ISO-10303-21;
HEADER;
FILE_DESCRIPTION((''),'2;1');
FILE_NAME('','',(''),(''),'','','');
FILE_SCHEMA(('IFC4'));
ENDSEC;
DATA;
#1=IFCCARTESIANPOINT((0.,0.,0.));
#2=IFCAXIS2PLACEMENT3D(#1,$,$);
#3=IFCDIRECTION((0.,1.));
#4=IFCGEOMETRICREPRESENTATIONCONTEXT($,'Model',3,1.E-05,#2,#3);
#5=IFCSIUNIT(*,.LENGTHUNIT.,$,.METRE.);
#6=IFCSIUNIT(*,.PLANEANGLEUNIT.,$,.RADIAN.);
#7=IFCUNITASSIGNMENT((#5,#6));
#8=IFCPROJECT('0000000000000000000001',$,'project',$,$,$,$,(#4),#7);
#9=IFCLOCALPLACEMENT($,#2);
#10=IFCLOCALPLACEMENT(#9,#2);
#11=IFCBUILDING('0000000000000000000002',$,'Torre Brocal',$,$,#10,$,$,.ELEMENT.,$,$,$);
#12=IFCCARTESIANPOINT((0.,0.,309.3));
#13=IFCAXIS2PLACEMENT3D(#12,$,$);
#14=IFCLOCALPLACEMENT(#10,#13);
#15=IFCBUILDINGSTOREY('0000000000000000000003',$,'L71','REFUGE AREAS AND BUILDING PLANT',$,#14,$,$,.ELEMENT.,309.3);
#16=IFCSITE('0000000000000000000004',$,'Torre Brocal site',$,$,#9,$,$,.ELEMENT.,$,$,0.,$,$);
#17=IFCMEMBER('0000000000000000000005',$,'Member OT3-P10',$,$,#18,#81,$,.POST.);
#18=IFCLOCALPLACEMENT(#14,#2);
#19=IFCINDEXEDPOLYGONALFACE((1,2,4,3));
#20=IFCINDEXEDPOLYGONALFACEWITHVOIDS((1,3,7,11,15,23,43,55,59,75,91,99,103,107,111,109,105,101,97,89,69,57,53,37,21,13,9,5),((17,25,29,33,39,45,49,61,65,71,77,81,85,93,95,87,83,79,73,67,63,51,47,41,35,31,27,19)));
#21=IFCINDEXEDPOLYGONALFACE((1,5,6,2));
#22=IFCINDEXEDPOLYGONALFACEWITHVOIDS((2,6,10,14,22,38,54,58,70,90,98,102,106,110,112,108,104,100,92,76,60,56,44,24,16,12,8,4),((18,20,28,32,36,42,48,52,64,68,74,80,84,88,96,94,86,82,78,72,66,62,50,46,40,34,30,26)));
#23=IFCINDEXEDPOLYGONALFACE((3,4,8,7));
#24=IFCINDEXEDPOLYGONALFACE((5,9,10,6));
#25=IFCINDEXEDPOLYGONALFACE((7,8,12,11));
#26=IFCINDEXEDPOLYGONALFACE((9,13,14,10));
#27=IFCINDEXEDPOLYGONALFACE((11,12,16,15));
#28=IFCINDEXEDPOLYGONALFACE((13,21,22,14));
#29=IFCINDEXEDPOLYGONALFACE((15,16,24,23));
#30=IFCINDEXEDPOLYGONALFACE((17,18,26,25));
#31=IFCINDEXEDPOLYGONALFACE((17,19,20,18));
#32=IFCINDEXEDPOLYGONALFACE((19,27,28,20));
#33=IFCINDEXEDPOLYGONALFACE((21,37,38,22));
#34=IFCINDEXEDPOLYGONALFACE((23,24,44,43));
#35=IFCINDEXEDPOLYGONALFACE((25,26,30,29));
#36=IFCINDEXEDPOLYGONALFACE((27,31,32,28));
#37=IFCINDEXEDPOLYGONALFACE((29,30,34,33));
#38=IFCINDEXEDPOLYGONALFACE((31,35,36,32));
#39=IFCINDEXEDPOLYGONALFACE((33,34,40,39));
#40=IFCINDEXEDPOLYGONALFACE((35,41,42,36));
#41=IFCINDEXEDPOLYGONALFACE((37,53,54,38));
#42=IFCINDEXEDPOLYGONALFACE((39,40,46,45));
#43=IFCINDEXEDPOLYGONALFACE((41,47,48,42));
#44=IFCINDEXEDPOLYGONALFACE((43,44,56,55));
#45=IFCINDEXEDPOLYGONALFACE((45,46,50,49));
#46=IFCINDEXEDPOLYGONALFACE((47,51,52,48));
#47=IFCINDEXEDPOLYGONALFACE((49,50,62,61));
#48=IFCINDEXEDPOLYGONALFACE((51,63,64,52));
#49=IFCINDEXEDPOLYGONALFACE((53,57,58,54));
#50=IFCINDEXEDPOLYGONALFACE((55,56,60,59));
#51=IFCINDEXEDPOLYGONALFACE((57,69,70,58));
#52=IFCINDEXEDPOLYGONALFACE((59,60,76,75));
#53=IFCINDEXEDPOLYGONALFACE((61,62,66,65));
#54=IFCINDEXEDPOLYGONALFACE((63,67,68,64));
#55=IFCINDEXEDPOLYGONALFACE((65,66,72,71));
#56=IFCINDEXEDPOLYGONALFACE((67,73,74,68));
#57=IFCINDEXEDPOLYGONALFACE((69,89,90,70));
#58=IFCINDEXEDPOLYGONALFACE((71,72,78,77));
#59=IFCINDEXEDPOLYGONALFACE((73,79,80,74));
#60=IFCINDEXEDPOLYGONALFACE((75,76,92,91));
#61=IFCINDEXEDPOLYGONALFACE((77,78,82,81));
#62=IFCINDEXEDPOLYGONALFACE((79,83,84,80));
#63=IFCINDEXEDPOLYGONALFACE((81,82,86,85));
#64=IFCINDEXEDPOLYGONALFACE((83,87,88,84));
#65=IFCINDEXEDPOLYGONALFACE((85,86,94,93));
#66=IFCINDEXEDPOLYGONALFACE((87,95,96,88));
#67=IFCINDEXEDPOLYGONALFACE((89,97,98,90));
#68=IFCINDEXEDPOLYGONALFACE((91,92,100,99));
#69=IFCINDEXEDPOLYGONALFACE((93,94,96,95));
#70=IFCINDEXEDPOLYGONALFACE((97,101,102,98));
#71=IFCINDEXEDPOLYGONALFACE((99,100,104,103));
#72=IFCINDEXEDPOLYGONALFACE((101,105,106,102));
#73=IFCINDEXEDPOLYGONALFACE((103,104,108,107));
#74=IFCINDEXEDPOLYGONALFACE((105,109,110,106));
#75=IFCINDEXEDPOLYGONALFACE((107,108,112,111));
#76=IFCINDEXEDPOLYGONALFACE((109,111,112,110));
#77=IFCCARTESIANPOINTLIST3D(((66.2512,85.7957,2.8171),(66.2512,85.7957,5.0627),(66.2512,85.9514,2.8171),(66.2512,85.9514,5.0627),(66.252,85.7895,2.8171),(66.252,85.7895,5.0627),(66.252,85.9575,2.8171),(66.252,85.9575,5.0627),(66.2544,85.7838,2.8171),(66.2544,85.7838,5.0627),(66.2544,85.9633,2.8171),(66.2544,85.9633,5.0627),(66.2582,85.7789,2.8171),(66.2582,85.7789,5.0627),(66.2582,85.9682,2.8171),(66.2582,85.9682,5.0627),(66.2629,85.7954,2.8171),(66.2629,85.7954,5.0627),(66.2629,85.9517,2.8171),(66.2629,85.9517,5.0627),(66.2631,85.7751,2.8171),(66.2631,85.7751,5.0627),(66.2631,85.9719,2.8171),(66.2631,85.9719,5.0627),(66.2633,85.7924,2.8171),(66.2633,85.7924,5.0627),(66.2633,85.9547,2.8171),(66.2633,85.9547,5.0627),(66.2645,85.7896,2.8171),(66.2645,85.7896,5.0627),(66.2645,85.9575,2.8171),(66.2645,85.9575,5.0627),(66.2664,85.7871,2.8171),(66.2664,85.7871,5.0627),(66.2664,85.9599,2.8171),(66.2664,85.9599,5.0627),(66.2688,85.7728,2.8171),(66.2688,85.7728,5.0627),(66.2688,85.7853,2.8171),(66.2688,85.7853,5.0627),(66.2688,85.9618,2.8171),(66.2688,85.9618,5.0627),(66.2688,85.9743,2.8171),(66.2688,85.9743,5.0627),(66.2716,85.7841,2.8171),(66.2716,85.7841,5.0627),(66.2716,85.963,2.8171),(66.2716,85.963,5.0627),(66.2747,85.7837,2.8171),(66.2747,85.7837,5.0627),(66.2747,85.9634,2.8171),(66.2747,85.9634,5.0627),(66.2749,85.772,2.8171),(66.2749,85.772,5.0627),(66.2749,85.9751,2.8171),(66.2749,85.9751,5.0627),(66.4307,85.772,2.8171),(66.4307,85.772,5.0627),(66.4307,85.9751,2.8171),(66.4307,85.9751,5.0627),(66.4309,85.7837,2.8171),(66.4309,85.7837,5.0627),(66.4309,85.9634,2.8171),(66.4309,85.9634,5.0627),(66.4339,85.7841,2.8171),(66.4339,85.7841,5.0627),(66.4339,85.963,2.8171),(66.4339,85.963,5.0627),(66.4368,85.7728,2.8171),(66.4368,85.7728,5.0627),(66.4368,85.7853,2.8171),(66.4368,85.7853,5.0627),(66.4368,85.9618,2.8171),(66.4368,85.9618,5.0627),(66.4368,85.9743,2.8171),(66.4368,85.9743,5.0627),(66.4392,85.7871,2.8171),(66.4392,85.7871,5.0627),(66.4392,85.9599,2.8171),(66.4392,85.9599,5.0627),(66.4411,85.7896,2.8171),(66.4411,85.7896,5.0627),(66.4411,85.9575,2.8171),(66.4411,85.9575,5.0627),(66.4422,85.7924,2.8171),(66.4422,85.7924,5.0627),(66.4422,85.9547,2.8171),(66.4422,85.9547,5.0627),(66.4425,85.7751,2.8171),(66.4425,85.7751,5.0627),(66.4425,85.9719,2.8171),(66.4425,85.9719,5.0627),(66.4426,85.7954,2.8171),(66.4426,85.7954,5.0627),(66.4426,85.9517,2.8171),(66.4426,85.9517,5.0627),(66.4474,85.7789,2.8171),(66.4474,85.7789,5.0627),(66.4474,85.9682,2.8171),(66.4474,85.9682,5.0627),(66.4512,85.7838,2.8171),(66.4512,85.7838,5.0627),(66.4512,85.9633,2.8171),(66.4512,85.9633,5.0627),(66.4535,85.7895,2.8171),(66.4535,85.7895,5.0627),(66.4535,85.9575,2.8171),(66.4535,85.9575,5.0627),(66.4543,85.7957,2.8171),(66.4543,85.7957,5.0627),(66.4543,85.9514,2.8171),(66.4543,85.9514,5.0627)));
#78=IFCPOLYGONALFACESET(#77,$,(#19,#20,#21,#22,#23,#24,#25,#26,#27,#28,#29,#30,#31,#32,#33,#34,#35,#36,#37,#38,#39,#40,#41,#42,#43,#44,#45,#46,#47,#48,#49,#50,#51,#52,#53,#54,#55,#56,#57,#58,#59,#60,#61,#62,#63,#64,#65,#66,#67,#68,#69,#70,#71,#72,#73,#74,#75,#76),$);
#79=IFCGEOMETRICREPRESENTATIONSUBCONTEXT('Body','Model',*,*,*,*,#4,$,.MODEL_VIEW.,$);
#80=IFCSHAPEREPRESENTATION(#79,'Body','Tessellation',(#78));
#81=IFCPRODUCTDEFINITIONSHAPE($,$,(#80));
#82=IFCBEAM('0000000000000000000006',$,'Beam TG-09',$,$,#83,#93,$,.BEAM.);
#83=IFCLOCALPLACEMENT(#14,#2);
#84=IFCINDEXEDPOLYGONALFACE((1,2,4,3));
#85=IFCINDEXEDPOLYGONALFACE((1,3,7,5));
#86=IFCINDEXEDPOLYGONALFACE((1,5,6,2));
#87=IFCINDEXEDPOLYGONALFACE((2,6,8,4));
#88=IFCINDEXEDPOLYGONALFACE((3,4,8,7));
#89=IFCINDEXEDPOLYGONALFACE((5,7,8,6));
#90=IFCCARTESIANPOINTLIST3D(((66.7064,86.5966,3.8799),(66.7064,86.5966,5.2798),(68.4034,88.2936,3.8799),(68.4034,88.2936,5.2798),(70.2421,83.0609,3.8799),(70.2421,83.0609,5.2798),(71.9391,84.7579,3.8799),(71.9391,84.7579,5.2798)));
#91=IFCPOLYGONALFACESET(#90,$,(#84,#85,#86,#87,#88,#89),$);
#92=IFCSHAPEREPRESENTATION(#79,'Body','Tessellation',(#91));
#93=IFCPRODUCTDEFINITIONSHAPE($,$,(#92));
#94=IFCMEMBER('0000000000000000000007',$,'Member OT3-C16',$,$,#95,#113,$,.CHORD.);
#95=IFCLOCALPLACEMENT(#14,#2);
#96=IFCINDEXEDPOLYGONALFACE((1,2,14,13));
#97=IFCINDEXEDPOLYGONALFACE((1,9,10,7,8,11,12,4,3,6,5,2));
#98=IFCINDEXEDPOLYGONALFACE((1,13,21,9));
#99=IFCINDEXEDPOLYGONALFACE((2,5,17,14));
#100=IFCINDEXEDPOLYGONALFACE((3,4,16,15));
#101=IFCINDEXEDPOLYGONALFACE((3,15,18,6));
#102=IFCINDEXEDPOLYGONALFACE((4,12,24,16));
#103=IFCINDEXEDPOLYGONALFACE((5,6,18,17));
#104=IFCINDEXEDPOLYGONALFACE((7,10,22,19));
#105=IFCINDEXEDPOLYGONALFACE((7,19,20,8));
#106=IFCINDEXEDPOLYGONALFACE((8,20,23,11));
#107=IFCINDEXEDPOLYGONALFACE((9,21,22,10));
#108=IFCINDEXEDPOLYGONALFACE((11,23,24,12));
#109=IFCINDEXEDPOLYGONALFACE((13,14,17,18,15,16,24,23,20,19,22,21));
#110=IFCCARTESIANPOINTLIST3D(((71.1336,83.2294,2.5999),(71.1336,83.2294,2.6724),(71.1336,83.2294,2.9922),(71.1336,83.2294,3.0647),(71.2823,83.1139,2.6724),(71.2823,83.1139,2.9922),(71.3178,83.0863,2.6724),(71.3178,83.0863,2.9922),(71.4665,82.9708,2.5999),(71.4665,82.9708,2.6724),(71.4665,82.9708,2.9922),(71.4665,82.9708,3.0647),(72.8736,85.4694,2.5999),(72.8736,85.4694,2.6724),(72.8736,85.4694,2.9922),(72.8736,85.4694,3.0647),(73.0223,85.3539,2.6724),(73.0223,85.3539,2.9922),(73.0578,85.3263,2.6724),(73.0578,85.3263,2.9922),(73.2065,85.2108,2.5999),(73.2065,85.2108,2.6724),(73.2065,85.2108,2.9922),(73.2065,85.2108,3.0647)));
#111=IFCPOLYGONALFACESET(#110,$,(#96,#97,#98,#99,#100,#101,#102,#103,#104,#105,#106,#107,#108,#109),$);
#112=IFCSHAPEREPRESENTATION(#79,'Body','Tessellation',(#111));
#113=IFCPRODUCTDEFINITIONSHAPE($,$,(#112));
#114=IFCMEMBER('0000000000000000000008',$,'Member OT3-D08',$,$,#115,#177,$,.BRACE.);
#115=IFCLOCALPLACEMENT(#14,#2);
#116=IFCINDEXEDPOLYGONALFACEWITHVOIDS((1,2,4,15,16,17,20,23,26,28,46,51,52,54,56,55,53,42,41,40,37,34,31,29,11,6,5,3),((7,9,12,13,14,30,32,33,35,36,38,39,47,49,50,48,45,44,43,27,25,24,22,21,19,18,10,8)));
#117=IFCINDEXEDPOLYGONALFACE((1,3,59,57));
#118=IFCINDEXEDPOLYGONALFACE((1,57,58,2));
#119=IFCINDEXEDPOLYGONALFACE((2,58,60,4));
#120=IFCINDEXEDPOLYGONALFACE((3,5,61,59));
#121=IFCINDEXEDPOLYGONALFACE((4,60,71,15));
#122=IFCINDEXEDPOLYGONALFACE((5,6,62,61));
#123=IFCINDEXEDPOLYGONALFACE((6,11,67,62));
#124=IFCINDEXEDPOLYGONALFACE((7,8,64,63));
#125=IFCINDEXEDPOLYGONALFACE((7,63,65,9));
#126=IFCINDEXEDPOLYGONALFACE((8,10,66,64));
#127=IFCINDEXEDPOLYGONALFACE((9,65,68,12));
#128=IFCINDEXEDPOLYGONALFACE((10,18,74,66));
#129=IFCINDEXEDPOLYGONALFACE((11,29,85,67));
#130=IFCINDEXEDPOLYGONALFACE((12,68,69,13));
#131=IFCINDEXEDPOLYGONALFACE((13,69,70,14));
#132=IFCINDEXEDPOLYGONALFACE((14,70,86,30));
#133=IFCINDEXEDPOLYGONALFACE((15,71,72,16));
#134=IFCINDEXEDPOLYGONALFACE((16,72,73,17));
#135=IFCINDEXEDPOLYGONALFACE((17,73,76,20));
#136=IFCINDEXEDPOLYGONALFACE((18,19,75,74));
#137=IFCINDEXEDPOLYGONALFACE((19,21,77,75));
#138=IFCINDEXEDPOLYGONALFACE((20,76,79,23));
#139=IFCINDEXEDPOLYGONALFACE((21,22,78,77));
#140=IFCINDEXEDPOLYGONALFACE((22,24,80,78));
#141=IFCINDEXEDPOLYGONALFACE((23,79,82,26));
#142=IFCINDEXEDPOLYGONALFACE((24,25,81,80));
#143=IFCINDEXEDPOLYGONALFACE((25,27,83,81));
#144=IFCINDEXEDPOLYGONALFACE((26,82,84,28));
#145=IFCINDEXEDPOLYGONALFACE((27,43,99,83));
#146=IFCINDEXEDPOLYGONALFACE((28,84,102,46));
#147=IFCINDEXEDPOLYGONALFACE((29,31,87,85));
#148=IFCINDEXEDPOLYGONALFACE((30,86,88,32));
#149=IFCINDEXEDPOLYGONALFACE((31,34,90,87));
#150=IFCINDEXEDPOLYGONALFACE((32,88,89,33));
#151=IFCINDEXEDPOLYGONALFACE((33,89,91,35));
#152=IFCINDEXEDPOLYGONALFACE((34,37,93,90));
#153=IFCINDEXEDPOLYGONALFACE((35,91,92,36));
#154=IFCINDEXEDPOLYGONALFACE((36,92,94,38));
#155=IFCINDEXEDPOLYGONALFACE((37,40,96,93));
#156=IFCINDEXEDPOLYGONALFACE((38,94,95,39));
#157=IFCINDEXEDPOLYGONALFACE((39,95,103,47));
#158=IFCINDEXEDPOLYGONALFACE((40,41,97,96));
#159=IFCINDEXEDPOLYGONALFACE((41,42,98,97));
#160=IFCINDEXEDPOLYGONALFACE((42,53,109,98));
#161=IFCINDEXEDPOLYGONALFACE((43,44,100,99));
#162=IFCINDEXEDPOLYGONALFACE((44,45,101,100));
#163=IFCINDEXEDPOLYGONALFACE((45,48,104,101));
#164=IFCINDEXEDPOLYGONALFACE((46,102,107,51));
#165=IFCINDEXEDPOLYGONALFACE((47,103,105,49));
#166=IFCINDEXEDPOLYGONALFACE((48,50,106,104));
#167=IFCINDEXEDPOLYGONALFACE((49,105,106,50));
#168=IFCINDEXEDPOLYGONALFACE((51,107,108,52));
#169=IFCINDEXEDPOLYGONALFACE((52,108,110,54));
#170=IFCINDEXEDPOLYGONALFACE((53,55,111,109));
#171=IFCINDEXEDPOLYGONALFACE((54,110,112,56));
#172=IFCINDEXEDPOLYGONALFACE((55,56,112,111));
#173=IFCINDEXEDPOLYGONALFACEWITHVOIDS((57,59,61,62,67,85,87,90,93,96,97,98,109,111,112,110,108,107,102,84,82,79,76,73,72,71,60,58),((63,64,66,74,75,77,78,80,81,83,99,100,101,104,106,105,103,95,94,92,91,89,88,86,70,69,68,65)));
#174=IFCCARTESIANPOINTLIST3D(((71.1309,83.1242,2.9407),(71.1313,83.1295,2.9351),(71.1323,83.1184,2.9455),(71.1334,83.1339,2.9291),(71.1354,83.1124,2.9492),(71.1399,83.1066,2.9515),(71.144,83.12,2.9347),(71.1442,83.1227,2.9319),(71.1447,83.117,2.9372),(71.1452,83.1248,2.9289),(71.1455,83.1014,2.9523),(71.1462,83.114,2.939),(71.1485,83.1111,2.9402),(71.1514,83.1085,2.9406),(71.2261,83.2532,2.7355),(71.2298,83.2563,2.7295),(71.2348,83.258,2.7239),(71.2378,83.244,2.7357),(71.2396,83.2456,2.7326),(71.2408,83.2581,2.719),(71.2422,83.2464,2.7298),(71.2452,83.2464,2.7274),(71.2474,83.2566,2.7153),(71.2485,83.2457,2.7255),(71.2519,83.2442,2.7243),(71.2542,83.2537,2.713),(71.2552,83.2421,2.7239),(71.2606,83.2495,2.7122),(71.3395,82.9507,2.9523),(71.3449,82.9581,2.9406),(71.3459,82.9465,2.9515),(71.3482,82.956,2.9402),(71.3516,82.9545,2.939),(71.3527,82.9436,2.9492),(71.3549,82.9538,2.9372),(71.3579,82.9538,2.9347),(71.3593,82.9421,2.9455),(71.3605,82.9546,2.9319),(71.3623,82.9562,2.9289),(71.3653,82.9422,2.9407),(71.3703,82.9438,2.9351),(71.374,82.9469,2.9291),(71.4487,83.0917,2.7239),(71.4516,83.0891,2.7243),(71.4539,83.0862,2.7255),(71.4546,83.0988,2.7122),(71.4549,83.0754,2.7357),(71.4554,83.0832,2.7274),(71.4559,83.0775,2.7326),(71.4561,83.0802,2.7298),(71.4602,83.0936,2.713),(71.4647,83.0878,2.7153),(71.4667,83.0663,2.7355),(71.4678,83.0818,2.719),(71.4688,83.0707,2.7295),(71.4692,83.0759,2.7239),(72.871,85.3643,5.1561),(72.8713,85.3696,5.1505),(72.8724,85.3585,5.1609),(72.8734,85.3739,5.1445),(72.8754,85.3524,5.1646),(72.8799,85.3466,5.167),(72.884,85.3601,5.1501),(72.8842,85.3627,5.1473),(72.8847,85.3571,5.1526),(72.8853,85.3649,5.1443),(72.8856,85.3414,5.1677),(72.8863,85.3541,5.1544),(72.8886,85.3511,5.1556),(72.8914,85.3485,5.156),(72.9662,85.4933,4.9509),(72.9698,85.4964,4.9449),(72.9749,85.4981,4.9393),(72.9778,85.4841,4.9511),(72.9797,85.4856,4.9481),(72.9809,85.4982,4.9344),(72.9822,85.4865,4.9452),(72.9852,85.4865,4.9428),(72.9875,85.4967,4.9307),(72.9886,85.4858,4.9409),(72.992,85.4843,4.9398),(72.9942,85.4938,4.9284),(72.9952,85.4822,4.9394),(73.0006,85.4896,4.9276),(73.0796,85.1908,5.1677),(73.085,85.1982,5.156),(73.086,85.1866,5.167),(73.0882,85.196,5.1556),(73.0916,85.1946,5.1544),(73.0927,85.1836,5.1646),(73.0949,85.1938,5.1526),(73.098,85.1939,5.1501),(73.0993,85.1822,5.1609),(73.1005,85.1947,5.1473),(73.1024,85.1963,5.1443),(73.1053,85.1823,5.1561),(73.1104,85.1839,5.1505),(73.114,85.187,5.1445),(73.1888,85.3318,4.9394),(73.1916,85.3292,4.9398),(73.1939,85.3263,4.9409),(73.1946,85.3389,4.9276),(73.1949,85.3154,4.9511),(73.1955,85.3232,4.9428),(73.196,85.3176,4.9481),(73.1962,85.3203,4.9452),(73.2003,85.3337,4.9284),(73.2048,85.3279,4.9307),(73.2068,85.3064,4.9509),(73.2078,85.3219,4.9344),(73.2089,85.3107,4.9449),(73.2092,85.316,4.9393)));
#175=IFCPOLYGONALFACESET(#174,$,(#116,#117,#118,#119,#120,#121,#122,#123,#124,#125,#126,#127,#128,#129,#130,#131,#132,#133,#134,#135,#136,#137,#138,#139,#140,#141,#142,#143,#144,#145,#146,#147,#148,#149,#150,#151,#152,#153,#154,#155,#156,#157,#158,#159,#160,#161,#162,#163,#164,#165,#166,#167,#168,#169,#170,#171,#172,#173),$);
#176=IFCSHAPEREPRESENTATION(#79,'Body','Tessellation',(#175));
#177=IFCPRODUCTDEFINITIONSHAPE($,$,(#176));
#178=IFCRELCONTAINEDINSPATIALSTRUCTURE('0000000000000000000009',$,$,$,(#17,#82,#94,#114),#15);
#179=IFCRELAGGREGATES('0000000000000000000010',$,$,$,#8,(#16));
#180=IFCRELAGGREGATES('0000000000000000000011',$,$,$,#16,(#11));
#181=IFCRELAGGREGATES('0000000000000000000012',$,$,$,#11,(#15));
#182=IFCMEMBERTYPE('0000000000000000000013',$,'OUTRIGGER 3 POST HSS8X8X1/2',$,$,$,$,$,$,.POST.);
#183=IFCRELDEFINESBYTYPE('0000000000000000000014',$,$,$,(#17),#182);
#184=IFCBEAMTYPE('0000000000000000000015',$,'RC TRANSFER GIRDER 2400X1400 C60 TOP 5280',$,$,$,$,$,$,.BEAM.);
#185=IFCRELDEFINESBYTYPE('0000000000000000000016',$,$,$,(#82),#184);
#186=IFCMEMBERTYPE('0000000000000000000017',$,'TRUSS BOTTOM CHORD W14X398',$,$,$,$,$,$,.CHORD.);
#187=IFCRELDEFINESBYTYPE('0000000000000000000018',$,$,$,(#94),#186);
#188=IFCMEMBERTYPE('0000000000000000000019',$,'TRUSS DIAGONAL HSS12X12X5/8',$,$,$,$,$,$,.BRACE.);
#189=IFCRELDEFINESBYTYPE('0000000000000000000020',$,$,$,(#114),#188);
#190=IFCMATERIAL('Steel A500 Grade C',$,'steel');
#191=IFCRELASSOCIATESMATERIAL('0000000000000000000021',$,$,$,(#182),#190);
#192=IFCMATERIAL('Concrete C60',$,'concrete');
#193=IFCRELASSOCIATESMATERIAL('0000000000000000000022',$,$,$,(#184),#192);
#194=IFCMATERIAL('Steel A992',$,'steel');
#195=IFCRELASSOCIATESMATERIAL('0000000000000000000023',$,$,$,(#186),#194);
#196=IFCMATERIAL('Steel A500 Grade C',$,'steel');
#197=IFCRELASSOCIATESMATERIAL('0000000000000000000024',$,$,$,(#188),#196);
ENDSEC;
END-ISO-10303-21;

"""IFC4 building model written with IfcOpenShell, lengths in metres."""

from ifc_helpers import new_model, si_unit, direction, frame, origin, origin_2d, place, context, subcontext, project, spatial, rectangle, hollow_rectangle, i_section, extrude, material, material_profile, profile_set, type_object, element, save


model = new_model("IFC4")

# Units and contexts
model_context = context("Model", 3, precision=1e-05, world=origin(), true_north=direction((0.0, 1.0)))
body_context = subcontext(model_context, "Body", "Model", "MODEL_VIEW")
ifc_project = project(units=[si_unit("LENGTHUNIT", "METRE"), si_unit("PLANEANGLEUNIT", "RADIAN")], contexts=[model_context])

# Site, building, storey
site_placement = place(None, origin())
site = spatial("IfcSite", under=ifc_project, at=site_placement, Name="Torre Brocal site", CompositionType="ELEMENT", RefElevation=0.0)
building_placement = place(site_placement, origin())
building = spatial("IfcBuilding", under=site, at=building_placement, Name="Torre Brocal", CompositionType="ELEMENT")
storey_placement = place(building_placement, frame((0.0, 0.0, 309.3)))
storey = spatial("IfcBuildingStorey", under=building, at=storey_placement, Name="L71", Description="REFUGE AREAS AND BUILDING PLANT", CompositionType="ELEMENT", Elevation=309.3)

# Member
ifc_material_1 = material(Name="Steel A500 Grade C", Category="steel")
ifc_material_profile_1 = material_profile(ifc_material_1, hollow_rectangle(XDim=0.2031, YDim=0.2031, WallThickness=0.0117, InnerFilletRadius=0.0117, OuterFilletRadius=0.0237, at=origin_2d()), Name="HSS8X8X1/2")
ifc_profile_set_1 = profile_set([ifc_material_profile_1], Name="Steel A500 Grade C")
member_type_1 = type_object("IfcMemberType", Name="OUTRIGGER 3 POST HSS8X8X1/2", PredefinedType="POST", material=ifc_profile_set_1)
member_1_placement = place(storey_placement, frame((66.3528, 85.8735, 2.8171), z_axis=(0.0, 0.0, 1.0), x_axis=(1.0, 0.0, 0.0)))
element("IfcMember", 1, at=member_1_placement, inside=storey, type_object=member_type_1, Name="Member OT3-P10", PredefinedType="POST", context=body_context, shape_type="SweptSolid", body=[
    extrude(hollow_rectangle(XDim=0.2031, YDim=0.2031, WallThickness=0.0117, InnerFilletRadius=0.0117, OuterFilletRadius=0.0237, at=origin_2d()), origin(), (0.0, 0.0, 1.0), 2.2456),
])

# Beam
ifc_material_2 = material(Name="Concrete C60", Category="concrete")
ifc_material_profile_2 = material_profile(ifc_material_2, rectangle(XDim=2.3999, YDim=1.3999, at=origin_2d()), Name="RC 2400X1400")
ifc_profile_set_2 = profile_set([ifc_material_profile_2], Name="Concrete C60")
beam_type = type_object("IfcBeamType", Name="RC TRANSFER GIRDER 2400X1400 C60 TOP 5280", PredefinedType="BEAM", material=ifc_profile_set_2)
beam_placement = place(storey_placement, frame((71.0906, 83.9094, 4.5798), z_axis=(-0.707107, 0.707107, 0.0), x_axis=(-0.707107, -0.707107, 0.0)))
element("IfcBeam", 2, at=beam_placement, inside=storey, type_object=beam_type, Name="Beam TG-09", PredefinedType="BEAM", context=body_context, shape_type="SweptSolid", body=[
    extrude(rectangle(XDim=2.3999, YDim=1.3999, at=origin_2d()), origin(), (0.0, 0.0, 1.0), 5.0002),
])

# Members
ifc_material_3 = material(Name="Steel A992", Category="steel")
ifc_material_profile_3 = material_profile(ifc_material_3, i_section(OverallWidth=0.4216, OverallDepth=0.4648, WebThickness=0.0449, FlangeThickness=0.0725, at=origin_2d()), Name="W14X398")
ifc_profile_set_3 = profile_set([ifc_material_profile_3], Name="Steel A992")
member_type_2 = type_object("IfcMemberType", Name="TRUSS BOTTOM CHORD W14X398", PredefinedType="CHORD", material=ifc_profile_set_3)
member_2_placement = place(storey_placement, frame((71.3, 83.1001, 2.8323), z_axis=(0.613452, 0.789732, 0.0), x_axis=(-0.789732, 0.613452, 0.0)))
element("IfcMember", 3, at=member_2_placement, inside=storey, type_object=member_type_2, Name="Member OT3-C16", PredefinedType="CHORD", context=body_context, shape_type="SweptSolid", body=[
    extrude(i_section(OverallWidth=0.4216, OverallDepth=0.4648, WebThickness=0.0449, FlangeThickness=0.0725, at=origin_2d()), origin(), (0.0, 0.0, 1.0), 2.8364),
])
ifc_material_4 = material(Name="Steel A500 Grade C", Category="steel")
ifc_material_profile_4 = material_profile(ifc_material_4, hollow_rectangle(XDim=0.3047, YDim=0.3047, WallThickness=0.0149, InnerFilletRadius=0.0149, OuterFilletRadius=0.0295, at=origin_2d()), Name="HSS12X12X5/8")
ifc_profile_set_4 = profile_set([ifc_material_profile_4], Name="Steel A500 Grade C")
member_type_3 = type_object("IfcMemberType", Name="TRUSS DIAGONAL HSS12X12X5/8", PredefinedType="BRACE", material=ifc_profile_set_4)
member_3_placement = place(storey_placement, frame((71.3, 83.1001, 2.8323), z_axis=(0.483465, 0.622392, 0.615541), x_axis=(-0.789732, 0.613452, 0.0)))
element("IfcMember", 4, at=member_3_placement, inside=storey, type_object=member_type_3, Name="Member OT3-D08", PredefinedType="BRACE", context=body_context, shape_type="SweptSolid", body=[
    extrude(hollow_rectangle(XDim=0.3047, YDim=0.3047, WallThickness=0.0149, InnerFilletRadius=0.0149, OuterFilletRadius=0.0295, at=origin_2d()), origin(), (0.0, 0.0, 1.0), 3.5991),
])

save(model, "model.ifc")
